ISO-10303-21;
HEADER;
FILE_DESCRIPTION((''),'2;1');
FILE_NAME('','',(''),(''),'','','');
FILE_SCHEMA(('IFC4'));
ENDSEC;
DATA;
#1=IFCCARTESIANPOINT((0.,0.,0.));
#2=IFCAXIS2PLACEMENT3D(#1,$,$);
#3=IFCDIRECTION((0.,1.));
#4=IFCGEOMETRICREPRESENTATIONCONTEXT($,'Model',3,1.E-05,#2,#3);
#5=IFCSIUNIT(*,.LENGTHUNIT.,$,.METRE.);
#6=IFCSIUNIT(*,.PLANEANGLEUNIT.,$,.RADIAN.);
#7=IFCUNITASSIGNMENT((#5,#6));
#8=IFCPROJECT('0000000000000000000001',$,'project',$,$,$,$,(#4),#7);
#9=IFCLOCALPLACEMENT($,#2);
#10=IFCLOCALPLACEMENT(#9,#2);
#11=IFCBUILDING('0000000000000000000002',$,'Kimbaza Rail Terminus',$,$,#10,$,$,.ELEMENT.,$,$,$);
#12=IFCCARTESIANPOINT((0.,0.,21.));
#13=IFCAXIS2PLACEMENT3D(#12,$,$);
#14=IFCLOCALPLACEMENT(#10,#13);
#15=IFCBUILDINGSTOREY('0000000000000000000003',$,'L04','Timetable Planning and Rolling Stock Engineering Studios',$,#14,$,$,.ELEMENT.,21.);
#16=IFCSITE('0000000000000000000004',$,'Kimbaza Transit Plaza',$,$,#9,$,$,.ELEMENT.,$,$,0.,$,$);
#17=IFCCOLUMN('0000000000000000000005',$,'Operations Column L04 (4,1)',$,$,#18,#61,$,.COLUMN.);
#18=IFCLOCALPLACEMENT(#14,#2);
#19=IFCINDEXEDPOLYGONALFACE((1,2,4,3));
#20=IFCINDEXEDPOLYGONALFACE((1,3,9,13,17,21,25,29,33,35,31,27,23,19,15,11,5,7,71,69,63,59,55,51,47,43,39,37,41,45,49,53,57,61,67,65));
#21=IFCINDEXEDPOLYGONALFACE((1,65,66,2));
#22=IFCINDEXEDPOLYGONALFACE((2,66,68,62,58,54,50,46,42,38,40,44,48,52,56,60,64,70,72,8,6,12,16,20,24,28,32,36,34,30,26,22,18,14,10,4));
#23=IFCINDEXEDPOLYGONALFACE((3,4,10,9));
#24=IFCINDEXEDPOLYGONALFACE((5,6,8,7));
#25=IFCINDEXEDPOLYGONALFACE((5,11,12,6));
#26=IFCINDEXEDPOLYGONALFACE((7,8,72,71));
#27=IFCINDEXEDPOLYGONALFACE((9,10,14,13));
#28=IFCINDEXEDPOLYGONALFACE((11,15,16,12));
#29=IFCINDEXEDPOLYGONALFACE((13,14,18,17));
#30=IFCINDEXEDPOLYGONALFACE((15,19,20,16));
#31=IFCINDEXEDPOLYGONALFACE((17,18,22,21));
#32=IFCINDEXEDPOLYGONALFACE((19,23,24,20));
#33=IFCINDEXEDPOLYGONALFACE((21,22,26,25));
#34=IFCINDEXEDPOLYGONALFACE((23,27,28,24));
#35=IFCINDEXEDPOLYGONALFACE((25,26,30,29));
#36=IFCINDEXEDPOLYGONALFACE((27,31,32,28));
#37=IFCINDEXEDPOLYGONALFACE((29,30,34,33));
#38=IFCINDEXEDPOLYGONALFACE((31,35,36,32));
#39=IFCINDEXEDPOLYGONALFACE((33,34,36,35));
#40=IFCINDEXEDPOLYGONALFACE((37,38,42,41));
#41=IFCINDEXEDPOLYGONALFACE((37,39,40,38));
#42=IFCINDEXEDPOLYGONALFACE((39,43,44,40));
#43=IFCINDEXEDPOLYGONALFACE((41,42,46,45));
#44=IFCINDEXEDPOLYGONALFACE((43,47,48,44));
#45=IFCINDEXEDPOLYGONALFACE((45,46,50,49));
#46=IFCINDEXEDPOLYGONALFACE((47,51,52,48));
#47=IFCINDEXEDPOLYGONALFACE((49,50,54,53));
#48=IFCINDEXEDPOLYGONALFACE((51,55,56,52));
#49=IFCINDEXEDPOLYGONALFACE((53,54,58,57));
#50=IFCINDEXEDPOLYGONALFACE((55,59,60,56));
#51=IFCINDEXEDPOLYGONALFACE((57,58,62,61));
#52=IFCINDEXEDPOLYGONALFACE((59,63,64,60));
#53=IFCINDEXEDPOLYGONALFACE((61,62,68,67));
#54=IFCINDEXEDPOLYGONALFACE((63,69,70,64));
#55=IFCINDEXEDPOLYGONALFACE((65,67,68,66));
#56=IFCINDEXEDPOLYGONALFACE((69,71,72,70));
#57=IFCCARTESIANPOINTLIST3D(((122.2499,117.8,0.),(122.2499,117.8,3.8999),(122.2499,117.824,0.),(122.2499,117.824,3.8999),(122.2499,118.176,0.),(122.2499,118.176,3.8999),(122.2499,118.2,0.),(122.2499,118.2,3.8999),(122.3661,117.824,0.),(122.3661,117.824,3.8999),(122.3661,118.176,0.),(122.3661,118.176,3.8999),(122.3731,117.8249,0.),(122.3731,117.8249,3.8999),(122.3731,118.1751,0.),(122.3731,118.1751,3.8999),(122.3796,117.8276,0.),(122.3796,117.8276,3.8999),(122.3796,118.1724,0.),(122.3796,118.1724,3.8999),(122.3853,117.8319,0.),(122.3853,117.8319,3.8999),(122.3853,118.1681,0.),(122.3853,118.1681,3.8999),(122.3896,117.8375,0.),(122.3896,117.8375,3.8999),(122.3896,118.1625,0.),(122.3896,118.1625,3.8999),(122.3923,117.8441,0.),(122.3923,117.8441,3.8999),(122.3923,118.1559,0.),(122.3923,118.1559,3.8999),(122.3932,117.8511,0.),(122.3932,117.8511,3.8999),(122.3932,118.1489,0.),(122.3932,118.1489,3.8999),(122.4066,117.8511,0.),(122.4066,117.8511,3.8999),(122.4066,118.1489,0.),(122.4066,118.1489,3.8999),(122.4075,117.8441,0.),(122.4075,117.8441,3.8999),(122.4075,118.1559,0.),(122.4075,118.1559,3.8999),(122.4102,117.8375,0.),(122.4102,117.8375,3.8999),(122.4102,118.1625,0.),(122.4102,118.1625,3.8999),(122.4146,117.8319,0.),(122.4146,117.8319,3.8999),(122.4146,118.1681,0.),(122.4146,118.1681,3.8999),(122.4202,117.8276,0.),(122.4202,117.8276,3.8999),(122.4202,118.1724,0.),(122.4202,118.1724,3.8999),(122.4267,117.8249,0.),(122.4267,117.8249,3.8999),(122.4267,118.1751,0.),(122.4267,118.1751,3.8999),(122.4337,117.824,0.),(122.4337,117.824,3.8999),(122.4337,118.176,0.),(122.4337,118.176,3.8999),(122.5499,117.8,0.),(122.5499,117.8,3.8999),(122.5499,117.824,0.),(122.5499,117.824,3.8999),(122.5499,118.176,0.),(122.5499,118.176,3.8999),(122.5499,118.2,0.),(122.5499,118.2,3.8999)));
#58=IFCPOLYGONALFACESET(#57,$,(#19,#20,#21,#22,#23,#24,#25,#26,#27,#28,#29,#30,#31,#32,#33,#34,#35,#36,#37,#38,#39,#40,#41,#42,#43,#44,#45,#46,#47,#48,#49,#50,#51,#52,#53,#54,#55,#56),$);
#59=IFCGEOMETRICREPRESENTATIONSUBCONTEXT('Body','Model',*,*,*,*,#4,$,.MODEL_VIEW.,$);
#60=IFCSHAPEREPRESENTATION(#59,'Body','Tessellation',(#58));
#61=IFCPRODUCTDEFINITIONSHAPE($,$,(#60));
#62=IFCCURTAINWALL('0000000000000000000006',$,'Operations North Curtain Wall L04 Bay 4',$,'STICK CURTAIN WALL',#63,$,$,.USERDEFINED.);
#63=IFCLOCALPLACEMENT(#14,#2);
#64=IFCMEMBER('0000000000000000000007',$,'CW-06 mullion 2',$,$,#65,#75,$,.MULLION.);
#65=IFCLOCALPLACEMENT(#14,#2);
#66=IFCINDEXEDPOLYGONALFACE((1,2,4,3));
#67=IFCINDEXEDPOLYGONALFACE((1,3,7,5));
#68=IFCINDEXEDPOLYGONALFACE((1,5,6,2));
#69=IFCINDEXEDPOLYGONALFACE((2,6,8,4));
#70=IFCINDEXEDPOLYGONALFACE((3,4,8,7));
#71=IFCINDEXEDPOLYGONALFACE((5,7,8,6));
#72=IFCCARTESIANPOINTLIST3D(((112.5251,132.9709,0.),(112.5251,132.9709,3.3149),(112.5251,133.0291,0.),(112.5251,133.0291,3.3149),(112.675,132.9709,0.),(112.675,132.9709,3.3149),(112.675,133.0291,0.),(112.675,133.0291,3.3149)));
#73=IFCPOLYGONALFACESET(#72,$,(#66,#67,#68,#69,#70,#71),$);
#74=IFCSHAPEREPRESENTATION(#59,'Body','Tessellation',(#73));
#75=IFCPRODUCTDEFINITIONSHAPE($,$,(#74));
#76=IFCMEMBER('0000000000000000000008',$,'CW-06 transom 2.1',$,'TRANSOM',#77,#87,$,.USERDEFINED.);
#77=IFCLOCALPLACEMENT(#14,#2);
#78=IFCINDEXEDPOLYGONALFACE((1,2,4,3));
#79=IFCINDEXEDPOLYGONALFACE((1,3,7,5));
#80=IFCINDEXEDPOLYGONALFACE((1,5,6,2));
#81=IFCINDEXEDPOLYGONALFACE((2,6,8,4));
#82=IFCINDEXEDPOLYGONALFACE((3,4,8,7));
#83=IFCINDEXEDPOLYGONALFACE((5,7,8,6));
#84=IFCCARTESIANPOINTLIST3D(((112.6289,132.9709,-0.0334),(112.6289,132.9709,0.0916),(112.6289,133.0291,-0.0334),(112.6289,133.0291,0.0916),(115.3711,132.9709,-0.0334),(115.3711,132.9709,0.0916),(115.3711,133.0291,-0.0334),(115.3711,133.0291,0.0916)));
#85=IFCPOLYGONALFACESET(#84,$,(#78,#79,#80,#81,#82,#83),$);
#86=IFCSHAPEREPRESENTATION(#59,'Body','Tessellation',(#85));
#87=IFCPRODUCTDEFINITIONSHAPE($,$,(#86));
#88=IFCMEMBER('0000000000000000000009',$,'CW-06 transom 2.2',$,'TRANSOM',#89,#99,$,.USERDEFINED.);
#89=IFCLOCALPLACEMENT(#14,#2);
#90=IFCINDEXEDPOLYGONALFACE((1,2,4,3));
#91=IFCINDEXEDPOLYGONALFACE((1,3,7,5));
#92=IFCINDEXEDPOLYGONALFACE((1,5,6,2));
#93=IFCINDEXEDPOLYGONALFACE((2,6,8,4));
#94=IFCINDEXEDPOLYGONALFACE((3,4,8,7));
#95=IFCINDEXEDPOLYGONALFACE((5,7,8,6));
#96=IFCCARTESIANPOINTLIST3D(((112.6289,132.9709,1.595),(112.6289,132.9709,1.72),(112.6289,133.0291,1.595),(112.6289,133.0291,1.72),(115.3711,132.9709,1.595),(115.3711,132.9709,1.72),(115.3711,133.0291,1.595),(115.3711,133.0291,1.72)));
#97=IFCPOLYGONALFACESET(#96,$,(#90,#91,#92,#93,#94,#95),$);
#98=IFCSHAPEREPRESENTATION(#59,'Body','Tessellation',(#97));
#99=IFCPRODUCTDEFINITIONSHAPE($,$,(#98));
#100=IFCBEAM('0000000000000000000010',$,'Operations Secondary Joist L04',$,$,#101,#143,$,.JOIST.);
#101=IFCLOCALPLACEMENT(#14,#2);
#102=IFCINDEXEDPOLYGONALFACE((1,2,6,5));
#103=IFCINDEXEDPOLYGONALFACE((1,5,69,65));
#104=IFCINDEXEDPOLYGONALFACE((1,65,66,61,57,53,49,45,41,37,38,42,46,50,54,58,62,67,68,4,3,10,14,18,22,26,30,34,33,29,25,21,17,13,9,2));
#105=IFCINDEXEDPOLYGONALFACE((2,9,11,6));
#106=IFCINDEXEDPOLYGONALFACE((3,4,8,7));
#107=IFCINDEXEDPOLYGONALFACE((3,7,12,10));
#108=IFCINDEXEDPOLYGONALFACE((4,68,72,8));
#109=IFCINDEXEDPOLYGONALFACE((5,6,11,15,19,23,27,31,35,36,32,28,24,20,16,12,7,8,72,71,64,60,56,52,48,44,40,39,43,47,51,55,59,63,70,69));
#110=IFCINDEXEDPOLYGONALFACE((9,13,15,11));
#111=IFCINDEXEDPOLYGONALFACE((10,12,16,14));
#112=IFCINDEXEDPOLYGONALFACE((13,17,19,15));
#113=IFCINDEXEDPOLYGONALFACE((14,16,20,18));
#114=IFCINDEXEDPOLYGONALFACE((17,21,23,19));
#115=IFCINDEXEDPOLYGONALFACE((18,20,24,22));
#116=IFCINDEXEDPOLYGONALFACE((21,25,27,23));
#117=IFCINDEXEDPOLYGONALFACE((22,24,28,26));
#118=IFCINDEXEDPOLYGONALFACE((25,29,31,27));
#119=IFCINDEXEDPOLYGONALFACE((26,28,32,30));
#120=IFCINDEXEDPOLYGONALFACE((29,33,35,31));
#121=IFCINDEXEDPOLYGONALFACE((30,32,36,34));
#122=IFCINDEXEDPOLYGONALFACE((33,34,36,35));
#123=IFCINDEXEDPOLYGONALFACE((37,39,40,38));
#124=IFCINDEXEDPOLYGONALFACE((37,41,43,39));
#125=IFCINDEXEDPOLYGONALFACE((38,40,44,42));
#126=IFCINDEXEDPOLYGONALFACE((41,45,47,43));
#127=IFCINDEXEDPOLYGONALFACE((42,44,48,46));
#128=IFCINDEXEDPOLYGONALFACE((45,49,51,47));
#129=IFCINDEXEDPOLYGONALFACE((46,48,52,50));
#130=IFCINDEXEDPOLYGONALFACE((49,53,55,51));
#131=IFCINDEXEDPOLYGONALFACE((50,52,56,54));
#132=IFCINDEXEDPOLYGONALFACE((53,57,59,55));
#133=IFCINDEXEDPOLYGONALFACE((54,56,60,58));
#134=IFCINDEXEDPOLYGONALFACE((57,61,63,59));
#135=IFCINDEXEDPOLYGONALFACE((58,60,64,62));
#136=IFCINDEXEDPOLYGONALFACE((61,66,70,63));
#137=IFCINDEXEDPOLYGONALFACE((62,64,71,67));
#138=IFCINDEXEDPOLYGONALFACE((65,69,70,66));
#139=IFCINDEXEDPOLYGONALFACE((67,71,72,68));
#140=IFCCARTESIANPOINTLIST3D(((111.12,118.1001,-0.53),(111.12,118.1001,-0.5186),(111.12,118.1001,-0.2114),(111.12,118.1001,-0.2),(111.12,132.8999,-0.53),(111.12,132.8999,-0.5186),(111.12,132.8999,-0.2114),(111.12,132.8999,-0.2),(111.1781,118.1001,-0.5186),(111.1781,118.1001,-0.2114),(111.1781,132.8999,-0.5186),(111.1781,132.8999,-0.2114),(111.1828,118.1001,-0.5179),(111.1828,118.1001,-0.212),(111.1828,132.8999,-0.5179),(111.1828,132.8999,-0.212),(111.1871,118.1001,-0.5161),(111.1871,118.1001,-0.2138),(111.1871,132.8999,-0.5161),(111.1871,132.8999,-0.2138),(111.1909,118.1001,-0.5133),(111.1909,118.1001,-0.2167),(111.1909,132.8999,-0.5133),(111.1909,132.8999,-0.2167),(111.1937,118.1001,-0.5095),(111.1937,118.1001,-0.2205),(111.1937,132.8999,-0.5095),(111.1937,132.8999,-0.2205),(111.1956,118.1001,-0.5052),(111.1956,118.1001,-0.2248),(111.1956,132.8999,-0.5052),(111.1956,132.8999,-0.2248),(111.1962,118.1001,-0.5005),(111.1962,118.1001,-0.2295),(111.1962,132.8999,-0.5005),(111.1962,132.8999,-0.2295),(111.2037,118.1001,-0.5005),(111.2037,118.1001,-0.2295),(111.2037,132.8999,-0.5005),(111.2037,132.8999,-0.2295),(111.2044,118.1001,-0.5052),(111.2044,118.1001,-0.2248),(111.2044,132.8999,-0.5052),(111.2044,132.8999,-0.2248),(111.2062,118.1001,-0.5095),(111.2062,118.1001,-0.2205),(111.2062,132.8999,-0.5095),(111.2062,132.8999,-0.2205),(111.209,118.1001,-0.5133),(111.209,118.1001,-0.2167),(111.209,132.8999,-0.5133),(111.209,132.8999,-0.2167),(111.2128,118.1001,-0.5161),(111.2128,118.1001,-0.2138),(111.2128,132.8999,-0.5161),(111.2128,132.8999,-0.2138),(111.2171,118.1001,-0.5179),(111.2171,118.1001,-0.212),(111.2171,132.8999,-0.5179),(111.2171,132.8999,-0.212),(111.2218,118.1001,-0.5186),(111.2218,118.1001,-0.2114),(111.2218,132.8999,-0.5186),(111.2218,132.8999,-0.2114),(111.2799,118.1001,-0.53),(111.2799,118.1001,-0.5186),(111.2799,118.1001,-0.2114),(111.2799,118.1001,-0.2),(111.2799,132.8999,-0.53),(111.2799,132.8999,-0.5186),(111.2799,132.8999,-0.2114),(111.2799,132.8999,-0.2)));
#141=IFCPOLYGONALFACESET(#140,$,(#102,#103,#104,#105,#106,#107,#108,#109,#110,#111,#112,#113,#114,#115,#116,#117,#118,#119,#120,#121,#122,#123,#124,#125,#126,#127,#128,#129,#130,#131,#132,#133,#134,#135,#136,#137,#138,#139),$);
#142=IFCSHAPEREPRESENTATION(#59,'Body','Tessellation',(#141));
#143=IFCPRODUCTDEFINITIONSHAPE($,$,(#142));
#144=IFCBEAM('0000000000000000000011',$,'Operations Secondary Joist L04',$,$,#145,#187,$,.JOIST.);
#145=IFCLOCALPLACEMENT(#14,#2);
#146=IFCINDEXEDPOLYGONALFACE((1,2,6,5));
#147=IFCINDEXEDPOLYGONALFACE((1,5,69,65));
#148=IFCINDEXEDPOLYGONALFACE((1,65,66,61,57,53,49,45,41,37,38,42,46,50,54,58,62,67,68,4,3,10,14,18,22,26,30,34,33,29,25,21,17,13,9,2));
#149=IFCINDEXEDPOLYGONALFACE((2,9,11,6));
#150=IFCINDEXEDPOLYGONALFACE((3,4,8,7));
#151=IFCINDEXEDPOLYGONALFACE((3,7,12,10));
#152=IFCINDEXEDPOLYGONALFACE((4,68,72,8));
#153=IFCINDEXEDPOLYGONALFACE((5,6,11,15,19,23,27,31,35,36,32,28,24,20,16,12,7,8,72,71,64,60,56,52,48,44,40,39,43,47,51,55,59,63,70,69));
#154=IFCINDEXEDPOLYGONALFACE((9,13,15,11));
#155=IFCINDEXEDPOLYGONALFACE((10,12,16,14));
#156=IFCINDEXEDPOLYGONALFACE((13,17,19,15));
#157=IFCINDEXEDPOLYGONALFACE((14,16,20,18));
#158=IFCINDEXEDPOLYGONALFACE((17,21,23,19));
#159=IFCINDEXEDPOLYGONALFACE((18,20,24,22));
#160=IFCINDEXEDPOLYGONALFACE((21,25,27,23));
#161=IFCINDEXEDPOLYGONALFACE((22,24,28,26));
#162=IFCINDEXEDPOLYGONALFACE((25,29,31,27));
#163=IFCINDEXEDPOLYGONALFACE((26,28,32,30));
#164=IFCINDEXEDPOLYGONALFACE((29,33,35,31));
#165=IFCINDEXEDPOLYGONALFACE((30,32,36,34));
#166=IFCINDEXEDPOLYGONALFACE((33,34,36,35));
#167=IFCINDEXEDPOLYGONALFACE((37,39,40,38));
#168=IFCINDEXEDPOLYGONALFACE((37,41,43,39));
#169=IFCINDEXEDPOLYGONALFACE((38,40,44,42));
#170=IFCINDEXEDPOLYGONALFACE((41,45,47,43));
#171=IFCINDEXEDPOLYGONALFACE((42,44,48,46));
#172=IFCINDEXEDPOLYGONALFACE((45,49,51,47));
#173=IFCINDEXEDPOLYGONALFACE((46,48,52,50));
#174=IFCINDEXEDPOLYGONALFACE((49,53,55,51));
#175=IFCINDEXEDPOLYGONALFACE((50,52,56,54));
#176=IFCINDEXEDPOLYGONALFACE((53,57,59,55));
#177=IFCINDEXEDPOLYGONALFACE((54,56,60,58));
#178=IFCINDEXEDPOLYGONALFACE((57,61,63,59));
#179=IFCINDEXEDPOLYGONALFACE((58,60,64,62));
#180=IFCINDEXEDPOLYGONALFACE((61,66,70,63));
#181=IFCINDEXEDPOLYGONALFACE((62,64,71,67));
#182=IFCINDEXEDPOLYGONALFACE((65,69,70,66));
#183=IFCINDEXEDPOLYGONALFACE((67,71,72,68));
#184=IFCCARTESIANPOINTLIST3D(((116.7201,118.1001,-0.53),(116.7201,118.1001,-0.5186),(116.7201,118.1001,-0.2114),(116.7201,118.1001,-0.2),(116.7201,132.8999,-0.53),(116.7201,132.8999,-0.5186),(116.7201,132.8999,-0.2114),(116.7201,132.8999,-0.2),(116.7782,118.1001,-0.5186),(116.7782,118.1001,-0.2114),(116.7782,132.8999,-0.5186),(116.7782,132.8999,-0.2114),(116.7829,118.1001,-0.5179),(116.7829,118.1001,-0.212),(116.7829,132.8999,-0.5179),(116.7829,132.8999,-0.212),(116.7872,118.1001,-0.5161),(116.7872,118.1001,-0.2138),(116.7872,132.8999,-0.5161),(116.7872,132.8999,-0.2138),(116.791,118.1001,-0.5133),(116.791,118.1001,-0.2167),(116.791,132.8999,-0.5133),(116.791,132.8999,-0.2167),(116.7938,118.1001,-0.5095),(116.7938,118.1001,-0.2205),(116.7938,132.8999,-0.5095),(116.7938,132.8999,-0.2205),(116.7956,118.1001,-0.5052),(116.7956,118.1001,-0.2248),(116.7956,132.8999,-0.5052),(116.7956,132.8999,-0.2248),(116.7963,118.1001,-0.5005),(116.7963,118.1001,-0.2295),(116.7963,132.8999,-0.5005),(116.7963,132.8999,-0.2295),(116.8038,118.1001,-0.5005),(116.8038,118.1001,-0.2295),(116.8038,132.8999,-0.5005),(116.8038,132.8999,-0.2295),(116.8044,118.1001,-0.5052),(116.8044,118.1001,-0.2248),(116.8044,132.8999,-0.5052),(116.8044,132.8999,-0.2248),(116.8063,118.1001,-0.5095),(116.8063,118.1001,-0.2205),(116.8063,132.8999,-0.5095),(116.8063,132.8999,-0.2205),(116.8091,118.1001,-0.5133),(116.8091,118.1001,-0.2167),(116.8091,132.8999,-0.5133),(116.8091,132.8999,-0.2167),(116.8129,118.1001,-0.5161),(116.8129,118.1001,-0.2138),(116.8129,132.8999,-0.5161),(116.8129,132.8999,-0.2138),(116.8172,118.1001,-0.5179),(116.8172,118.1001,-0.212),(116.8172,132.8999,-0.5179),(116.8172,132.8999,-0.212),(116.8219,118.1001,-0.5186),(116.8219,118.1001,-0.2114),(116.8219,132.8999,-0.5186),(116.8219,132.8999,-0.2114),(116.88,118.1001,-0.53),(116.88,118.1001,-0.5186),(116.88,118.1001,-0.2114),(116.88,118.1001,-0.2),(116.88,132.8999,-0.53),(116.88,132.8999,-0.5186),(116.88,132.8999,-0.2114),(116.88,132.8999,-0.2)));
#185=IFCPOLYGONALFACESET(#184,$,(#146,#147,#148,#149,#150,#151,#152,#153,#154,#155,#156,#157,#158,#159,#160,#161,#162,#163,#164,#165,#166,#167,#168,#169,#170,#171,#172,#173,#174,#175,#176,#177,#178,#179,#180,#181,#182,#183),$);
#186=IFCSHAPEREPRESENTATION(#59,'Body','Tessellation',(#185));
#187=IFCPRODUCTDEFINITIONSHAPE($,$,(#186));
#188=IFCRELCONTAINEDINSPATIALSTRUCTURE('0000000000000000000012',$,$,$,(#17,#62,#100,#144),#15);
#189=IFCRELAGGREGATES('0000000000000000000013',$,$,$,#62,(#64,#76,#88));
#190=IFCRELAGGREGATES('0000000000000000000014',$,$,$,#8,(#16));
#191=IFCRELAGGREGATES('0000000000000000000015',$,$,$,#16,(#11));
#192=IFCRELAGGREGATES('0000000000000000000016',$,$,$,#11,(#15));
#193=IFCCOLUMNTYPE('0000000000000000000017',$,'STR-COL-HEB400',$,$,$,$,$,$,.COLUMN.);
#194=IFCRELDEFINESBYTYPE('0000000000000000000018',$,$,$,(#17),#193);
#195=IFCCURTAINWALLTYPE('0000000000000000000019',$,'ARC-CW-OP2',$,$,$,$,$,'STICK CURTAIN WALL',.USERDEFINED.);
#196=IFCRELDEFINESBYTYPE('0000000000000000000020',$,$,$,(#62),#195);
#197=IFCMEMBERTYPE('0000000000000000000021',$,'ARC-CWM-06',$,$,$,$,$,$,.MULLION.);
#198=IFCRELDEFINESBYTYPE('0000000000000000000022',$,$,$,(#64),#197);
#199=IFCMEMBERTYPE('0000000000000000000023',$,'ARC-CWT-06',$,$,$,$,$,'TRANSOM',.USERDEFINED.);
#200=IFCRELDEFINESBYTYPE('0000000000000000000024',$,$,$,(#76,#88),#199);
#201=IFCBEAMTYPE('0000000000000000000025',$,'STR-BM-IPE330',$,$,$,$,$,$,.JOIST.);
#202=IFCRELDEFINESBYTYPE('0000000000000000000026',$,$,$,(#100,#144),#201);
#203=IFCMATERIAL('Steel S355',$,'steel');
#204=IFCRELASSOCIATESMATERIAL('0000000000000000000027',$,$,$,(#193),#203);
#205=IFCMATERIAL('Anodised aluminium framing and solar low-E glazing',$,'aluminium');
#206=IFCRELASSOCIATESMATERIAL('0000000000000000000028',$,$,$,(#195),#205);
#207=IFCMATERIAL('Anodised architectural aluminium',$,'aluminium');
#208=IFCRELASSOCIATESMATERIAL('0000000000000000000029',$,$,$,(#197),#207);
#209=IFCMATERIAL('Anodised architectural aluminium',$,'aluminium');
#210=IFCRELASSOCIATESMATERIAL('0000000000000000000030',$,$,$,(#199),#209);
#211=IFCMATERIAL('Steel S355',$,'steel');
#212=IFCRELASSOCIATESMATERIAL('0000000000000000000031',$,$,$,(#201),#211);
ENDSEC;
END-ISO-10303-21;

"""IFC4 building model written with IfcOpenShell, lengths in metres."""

from ifc_helpers import new_model, si_unit, direction, frame, origin, origin_2d, place, context, subcontext, project, spatial, rectangle, i_section, extrude, material, material_profile, profile_set, type_object, element, aggregate, save


model = new_model("IFC4")

# Units and contexts
model_context = context("Model", 3, precision=1e-05, world=origin(), true_north=direction((0.0, 1.0)))
body_context = subcontext(model_context, "Body", "Model", "MODEL_VIEW")
ifc_project = project(units=[si_unit("LENGTHUNIT", "METRE"), si_unit("PLANEANGLEUNIT", "RADIAN")], contexts=[model_context])

# Site, building, storey
site_placement = place(None, origin())
site = spatial("IfcSite", under=ifc_project, at=site_placement, Name="Kimbaza Transit Plaza", CompositionType="ELEMENT", RefElevation=0.0)
building_placement = place(site_placement, origin())
building = spatial("IfcBuilding", under=site, at=building_placement, Name="Kimbaza Rail Terminus", CompositionType="ELEMENT")
storey_placement = place(building_placement, frame((0.0, 0.0, 21.0)))
storey = spatial("IfcBuildingStorey", under=building, at=storey_placement, Name="L04", Description="Timetable Planning and Rolling Stock Engineering Studios", CompositionType="ELEMENT", Elevation=21.0)

# Column
ifc_material_1 = material(Name="Steel S355", Category="steel")
ifc_material_profile_1 = material_profile(ifc_material_1, i_section(OverallWidth=0.3, OverallDepth=0.3999, WebThickness=0.0134, FlangeThickness=0.0239, FilletRadius=0.0271, at=origin_2d()), Name="HEB 400")
ifc_profile_set_1 = profile_set([ifc_material_profile_1], Name="Steel S355")
column_type = type_object("IfcColumnType", Name="STR-COL-HEB400", PredefinedType="COLUMN", material=ifc_profile_set_1)
column_placement = place(storey_placement, frame((122.3999, 118.0, 0.0), z_axis=(0.0, 0.0, 1.0), x_axis=(1.0, 0.0, 0.0)))
element("IfcColumn", 1, at=column_placement, inside=storey, type_object=column_type, Name="Operations Column L04 (4,1)", PredefinedType="COLUMN", context=body_context, shape_type="SweptSolid", body=[
    extrude(i_section(OverallWidth=0.3, OverallDepth=0.3999, WebThickness=0.0134, FlangeThickness=0.0239, FilletRadius=0.0271, at=origin_2d()), origin(), (0.0, 0.0, 1.0), 3.8999),
])

# Curtain wall, members
ifc_material_2 = material(Name="Anodised aluminium framing and solar low-E glazing", Category="aluminium")
curtain_wall_type = type_object("IfcCurtainWallType", Name="ARC-CW-OP2", ElementType="STICK CURTAIN WALL", PredefinedType="USERDEFINED", material=ifc_material_2)
curtain_wall_placement = place(storey_placement, origin())
curtain_wall = element("IfcCurtainWall", 2, at=curtain_wall_placement, inside=storey, type_object=curtain_wall_type, Name="Operations North Curtain Wall L04 Bay 4", ObjectType="STICK CURTAIN WALL", PredefinedType="USERDEFINED")
ifc_material_3 = material(Name="Anodised architectural aluminium", Category="aluminium")
ifc_material_profile_2 = material_profile(ifc_material_3, rectangle(XDim=0.0581, YDim=0.1499, at=origin_2d()), Name="MULLION 58x150")
ifc_profile_set_2 = profile_set([ifc_material_profile_2], Name="Anodised architectural aluminium")
member_type_1 = type_object("IfcMemberType", Name="ARC-CWM-06", PredefinedType="MULLION", material=ifc_profile_set_2)
member_1_placement = place(storey_placement, frame((112.6001, 133.0, 0.0), z_axis=(0.0, 0.0, 1.0), x_axis=(0.0, 1.0, 0.0)))
member_1 = element("IfcMember", 3, at=member_1_placement, type_object=member_type_1, Name="CW-06 mullion 2", PredefinedType="MULLION", context=body_context, shape_type="SweptSolid", body=[
    extrude(rectangle(XDim=0.0581, YDim=0.1499, at=origin_2d()), origin(), (0.0, 0.0, 1.0), 3.3149),
])
ifc_material_4 = material(Name="Anodised architectural aluminium", Category="aluminium")
ifc_material_profile_3 = material_profile(ifc_material_4, rectangle(XDim=0.0581, YDim=0.125, at=origin_2d()), Name="TRANSOM 58x125")
ifc_profile_set_3 = profile_set([ifc_material_profile_3], Name="Anodised architectural aluminium")
member_type_2 = type_object("IfcMemberType", Name="ARC-CWT-06", ElementType="TRANSOM", PredefinedType="USERDEFINED", material=ifc_profile_set_3)
member_2_placement = place(storey_placement, frame((112.6289, 133.0, 0.0291), z_axis=(1.0, 0.0, 0.0), x_axis=(0.0, 1.0, 0.0)))
member_2 = element("IfcMember", 4, at=member_2_placement, type_object=member_type_2, Name="CW-06 transom 2.1", ObjectType="TRANSOM", PredefinedType="USERDEFINED", context=body_context, shape_type="SweptSolid", body=[
    extrude(rectangle(XDim=0.0581, YDim=0.125, at=origin_2d()), origin(), (0.0, 0.0, 1.0), 2.7422),
])
member_3_placement = place(storey_placement, frame((112.6289, 133.0, 1.6575), z_axis=(1.0, 0.0, 0.0), x_axis=(0.0, 1.0, 0.0)))
member_3 = element("IfcMember", 5, at=member_3_placement, type_object=member_type_2, Name="CW-06 transom 2.2", ObjectType="TRANSOM", PredefinedType="USERDEFINED", context=body_context, shape_type="SweptSolid", body=[
    extrude(rectangle(XDim=0.0581, YDim=0.125, at=origin_2d()), origin(), (0.0, 0.0, 1.0), 2.7422),
])

# Beams
ifc_material_5 = material(Name="Steel S355", Category="steel")
ifc_material_profile_4 = material_profile(ifc_material_5, i_section(OverallWidth=0.1599, OverallDepth=0.3301, WebThickness=0.0076, FlangeThickness=0.0115, FilletRadius=0.0181, at=origin_2d()), Name="IPE 330")
ifc_profile_set_4 = profile_set([ifc_material_profile_4], Name="Steel S355")
beam_type_1 = type_object("IfcBeamType", Name="STR-BM-IPE330", PredefinedType="JOIST", material=ifc_profile_set_4)
for number, where, z_axis, x_axis, name in (
    (6, (111.2, 118.1001, -0.365), (0.0, 1.0, 0.0), (-1.0, 0.0, 0.0), "Operations Secondary Joist L04"),
    (7, (116.8, 118.1001, -0.365), (0.0, 1.0, 0.0), (-1.0, 0.0, 0.0), "Operations Secondary Joist L04"),
):
    element("IfcBeam", number, at=place(storey_placement, frame(where, z_axis=z_axis, x_axis=x_axis)), inside=storey, type_object=beam_type_1, Name=name, PredefinedType="JOIST", context=body_context, shape_type="SweptSolid", body=[
        extrude(i_section(OverallWidth=0.1599, OverallDepth=0.3301, WebThickness=0.0076, FlangeThickness=0.0115, FilletRadius=0.0181, at=origin_2d()), origin(), (0.0, 0.0, 1.0), 14.7998),
    ])

aggregate(curtain_wall, [member_1, member_2, member_3])

save(model, "model.ifc")
